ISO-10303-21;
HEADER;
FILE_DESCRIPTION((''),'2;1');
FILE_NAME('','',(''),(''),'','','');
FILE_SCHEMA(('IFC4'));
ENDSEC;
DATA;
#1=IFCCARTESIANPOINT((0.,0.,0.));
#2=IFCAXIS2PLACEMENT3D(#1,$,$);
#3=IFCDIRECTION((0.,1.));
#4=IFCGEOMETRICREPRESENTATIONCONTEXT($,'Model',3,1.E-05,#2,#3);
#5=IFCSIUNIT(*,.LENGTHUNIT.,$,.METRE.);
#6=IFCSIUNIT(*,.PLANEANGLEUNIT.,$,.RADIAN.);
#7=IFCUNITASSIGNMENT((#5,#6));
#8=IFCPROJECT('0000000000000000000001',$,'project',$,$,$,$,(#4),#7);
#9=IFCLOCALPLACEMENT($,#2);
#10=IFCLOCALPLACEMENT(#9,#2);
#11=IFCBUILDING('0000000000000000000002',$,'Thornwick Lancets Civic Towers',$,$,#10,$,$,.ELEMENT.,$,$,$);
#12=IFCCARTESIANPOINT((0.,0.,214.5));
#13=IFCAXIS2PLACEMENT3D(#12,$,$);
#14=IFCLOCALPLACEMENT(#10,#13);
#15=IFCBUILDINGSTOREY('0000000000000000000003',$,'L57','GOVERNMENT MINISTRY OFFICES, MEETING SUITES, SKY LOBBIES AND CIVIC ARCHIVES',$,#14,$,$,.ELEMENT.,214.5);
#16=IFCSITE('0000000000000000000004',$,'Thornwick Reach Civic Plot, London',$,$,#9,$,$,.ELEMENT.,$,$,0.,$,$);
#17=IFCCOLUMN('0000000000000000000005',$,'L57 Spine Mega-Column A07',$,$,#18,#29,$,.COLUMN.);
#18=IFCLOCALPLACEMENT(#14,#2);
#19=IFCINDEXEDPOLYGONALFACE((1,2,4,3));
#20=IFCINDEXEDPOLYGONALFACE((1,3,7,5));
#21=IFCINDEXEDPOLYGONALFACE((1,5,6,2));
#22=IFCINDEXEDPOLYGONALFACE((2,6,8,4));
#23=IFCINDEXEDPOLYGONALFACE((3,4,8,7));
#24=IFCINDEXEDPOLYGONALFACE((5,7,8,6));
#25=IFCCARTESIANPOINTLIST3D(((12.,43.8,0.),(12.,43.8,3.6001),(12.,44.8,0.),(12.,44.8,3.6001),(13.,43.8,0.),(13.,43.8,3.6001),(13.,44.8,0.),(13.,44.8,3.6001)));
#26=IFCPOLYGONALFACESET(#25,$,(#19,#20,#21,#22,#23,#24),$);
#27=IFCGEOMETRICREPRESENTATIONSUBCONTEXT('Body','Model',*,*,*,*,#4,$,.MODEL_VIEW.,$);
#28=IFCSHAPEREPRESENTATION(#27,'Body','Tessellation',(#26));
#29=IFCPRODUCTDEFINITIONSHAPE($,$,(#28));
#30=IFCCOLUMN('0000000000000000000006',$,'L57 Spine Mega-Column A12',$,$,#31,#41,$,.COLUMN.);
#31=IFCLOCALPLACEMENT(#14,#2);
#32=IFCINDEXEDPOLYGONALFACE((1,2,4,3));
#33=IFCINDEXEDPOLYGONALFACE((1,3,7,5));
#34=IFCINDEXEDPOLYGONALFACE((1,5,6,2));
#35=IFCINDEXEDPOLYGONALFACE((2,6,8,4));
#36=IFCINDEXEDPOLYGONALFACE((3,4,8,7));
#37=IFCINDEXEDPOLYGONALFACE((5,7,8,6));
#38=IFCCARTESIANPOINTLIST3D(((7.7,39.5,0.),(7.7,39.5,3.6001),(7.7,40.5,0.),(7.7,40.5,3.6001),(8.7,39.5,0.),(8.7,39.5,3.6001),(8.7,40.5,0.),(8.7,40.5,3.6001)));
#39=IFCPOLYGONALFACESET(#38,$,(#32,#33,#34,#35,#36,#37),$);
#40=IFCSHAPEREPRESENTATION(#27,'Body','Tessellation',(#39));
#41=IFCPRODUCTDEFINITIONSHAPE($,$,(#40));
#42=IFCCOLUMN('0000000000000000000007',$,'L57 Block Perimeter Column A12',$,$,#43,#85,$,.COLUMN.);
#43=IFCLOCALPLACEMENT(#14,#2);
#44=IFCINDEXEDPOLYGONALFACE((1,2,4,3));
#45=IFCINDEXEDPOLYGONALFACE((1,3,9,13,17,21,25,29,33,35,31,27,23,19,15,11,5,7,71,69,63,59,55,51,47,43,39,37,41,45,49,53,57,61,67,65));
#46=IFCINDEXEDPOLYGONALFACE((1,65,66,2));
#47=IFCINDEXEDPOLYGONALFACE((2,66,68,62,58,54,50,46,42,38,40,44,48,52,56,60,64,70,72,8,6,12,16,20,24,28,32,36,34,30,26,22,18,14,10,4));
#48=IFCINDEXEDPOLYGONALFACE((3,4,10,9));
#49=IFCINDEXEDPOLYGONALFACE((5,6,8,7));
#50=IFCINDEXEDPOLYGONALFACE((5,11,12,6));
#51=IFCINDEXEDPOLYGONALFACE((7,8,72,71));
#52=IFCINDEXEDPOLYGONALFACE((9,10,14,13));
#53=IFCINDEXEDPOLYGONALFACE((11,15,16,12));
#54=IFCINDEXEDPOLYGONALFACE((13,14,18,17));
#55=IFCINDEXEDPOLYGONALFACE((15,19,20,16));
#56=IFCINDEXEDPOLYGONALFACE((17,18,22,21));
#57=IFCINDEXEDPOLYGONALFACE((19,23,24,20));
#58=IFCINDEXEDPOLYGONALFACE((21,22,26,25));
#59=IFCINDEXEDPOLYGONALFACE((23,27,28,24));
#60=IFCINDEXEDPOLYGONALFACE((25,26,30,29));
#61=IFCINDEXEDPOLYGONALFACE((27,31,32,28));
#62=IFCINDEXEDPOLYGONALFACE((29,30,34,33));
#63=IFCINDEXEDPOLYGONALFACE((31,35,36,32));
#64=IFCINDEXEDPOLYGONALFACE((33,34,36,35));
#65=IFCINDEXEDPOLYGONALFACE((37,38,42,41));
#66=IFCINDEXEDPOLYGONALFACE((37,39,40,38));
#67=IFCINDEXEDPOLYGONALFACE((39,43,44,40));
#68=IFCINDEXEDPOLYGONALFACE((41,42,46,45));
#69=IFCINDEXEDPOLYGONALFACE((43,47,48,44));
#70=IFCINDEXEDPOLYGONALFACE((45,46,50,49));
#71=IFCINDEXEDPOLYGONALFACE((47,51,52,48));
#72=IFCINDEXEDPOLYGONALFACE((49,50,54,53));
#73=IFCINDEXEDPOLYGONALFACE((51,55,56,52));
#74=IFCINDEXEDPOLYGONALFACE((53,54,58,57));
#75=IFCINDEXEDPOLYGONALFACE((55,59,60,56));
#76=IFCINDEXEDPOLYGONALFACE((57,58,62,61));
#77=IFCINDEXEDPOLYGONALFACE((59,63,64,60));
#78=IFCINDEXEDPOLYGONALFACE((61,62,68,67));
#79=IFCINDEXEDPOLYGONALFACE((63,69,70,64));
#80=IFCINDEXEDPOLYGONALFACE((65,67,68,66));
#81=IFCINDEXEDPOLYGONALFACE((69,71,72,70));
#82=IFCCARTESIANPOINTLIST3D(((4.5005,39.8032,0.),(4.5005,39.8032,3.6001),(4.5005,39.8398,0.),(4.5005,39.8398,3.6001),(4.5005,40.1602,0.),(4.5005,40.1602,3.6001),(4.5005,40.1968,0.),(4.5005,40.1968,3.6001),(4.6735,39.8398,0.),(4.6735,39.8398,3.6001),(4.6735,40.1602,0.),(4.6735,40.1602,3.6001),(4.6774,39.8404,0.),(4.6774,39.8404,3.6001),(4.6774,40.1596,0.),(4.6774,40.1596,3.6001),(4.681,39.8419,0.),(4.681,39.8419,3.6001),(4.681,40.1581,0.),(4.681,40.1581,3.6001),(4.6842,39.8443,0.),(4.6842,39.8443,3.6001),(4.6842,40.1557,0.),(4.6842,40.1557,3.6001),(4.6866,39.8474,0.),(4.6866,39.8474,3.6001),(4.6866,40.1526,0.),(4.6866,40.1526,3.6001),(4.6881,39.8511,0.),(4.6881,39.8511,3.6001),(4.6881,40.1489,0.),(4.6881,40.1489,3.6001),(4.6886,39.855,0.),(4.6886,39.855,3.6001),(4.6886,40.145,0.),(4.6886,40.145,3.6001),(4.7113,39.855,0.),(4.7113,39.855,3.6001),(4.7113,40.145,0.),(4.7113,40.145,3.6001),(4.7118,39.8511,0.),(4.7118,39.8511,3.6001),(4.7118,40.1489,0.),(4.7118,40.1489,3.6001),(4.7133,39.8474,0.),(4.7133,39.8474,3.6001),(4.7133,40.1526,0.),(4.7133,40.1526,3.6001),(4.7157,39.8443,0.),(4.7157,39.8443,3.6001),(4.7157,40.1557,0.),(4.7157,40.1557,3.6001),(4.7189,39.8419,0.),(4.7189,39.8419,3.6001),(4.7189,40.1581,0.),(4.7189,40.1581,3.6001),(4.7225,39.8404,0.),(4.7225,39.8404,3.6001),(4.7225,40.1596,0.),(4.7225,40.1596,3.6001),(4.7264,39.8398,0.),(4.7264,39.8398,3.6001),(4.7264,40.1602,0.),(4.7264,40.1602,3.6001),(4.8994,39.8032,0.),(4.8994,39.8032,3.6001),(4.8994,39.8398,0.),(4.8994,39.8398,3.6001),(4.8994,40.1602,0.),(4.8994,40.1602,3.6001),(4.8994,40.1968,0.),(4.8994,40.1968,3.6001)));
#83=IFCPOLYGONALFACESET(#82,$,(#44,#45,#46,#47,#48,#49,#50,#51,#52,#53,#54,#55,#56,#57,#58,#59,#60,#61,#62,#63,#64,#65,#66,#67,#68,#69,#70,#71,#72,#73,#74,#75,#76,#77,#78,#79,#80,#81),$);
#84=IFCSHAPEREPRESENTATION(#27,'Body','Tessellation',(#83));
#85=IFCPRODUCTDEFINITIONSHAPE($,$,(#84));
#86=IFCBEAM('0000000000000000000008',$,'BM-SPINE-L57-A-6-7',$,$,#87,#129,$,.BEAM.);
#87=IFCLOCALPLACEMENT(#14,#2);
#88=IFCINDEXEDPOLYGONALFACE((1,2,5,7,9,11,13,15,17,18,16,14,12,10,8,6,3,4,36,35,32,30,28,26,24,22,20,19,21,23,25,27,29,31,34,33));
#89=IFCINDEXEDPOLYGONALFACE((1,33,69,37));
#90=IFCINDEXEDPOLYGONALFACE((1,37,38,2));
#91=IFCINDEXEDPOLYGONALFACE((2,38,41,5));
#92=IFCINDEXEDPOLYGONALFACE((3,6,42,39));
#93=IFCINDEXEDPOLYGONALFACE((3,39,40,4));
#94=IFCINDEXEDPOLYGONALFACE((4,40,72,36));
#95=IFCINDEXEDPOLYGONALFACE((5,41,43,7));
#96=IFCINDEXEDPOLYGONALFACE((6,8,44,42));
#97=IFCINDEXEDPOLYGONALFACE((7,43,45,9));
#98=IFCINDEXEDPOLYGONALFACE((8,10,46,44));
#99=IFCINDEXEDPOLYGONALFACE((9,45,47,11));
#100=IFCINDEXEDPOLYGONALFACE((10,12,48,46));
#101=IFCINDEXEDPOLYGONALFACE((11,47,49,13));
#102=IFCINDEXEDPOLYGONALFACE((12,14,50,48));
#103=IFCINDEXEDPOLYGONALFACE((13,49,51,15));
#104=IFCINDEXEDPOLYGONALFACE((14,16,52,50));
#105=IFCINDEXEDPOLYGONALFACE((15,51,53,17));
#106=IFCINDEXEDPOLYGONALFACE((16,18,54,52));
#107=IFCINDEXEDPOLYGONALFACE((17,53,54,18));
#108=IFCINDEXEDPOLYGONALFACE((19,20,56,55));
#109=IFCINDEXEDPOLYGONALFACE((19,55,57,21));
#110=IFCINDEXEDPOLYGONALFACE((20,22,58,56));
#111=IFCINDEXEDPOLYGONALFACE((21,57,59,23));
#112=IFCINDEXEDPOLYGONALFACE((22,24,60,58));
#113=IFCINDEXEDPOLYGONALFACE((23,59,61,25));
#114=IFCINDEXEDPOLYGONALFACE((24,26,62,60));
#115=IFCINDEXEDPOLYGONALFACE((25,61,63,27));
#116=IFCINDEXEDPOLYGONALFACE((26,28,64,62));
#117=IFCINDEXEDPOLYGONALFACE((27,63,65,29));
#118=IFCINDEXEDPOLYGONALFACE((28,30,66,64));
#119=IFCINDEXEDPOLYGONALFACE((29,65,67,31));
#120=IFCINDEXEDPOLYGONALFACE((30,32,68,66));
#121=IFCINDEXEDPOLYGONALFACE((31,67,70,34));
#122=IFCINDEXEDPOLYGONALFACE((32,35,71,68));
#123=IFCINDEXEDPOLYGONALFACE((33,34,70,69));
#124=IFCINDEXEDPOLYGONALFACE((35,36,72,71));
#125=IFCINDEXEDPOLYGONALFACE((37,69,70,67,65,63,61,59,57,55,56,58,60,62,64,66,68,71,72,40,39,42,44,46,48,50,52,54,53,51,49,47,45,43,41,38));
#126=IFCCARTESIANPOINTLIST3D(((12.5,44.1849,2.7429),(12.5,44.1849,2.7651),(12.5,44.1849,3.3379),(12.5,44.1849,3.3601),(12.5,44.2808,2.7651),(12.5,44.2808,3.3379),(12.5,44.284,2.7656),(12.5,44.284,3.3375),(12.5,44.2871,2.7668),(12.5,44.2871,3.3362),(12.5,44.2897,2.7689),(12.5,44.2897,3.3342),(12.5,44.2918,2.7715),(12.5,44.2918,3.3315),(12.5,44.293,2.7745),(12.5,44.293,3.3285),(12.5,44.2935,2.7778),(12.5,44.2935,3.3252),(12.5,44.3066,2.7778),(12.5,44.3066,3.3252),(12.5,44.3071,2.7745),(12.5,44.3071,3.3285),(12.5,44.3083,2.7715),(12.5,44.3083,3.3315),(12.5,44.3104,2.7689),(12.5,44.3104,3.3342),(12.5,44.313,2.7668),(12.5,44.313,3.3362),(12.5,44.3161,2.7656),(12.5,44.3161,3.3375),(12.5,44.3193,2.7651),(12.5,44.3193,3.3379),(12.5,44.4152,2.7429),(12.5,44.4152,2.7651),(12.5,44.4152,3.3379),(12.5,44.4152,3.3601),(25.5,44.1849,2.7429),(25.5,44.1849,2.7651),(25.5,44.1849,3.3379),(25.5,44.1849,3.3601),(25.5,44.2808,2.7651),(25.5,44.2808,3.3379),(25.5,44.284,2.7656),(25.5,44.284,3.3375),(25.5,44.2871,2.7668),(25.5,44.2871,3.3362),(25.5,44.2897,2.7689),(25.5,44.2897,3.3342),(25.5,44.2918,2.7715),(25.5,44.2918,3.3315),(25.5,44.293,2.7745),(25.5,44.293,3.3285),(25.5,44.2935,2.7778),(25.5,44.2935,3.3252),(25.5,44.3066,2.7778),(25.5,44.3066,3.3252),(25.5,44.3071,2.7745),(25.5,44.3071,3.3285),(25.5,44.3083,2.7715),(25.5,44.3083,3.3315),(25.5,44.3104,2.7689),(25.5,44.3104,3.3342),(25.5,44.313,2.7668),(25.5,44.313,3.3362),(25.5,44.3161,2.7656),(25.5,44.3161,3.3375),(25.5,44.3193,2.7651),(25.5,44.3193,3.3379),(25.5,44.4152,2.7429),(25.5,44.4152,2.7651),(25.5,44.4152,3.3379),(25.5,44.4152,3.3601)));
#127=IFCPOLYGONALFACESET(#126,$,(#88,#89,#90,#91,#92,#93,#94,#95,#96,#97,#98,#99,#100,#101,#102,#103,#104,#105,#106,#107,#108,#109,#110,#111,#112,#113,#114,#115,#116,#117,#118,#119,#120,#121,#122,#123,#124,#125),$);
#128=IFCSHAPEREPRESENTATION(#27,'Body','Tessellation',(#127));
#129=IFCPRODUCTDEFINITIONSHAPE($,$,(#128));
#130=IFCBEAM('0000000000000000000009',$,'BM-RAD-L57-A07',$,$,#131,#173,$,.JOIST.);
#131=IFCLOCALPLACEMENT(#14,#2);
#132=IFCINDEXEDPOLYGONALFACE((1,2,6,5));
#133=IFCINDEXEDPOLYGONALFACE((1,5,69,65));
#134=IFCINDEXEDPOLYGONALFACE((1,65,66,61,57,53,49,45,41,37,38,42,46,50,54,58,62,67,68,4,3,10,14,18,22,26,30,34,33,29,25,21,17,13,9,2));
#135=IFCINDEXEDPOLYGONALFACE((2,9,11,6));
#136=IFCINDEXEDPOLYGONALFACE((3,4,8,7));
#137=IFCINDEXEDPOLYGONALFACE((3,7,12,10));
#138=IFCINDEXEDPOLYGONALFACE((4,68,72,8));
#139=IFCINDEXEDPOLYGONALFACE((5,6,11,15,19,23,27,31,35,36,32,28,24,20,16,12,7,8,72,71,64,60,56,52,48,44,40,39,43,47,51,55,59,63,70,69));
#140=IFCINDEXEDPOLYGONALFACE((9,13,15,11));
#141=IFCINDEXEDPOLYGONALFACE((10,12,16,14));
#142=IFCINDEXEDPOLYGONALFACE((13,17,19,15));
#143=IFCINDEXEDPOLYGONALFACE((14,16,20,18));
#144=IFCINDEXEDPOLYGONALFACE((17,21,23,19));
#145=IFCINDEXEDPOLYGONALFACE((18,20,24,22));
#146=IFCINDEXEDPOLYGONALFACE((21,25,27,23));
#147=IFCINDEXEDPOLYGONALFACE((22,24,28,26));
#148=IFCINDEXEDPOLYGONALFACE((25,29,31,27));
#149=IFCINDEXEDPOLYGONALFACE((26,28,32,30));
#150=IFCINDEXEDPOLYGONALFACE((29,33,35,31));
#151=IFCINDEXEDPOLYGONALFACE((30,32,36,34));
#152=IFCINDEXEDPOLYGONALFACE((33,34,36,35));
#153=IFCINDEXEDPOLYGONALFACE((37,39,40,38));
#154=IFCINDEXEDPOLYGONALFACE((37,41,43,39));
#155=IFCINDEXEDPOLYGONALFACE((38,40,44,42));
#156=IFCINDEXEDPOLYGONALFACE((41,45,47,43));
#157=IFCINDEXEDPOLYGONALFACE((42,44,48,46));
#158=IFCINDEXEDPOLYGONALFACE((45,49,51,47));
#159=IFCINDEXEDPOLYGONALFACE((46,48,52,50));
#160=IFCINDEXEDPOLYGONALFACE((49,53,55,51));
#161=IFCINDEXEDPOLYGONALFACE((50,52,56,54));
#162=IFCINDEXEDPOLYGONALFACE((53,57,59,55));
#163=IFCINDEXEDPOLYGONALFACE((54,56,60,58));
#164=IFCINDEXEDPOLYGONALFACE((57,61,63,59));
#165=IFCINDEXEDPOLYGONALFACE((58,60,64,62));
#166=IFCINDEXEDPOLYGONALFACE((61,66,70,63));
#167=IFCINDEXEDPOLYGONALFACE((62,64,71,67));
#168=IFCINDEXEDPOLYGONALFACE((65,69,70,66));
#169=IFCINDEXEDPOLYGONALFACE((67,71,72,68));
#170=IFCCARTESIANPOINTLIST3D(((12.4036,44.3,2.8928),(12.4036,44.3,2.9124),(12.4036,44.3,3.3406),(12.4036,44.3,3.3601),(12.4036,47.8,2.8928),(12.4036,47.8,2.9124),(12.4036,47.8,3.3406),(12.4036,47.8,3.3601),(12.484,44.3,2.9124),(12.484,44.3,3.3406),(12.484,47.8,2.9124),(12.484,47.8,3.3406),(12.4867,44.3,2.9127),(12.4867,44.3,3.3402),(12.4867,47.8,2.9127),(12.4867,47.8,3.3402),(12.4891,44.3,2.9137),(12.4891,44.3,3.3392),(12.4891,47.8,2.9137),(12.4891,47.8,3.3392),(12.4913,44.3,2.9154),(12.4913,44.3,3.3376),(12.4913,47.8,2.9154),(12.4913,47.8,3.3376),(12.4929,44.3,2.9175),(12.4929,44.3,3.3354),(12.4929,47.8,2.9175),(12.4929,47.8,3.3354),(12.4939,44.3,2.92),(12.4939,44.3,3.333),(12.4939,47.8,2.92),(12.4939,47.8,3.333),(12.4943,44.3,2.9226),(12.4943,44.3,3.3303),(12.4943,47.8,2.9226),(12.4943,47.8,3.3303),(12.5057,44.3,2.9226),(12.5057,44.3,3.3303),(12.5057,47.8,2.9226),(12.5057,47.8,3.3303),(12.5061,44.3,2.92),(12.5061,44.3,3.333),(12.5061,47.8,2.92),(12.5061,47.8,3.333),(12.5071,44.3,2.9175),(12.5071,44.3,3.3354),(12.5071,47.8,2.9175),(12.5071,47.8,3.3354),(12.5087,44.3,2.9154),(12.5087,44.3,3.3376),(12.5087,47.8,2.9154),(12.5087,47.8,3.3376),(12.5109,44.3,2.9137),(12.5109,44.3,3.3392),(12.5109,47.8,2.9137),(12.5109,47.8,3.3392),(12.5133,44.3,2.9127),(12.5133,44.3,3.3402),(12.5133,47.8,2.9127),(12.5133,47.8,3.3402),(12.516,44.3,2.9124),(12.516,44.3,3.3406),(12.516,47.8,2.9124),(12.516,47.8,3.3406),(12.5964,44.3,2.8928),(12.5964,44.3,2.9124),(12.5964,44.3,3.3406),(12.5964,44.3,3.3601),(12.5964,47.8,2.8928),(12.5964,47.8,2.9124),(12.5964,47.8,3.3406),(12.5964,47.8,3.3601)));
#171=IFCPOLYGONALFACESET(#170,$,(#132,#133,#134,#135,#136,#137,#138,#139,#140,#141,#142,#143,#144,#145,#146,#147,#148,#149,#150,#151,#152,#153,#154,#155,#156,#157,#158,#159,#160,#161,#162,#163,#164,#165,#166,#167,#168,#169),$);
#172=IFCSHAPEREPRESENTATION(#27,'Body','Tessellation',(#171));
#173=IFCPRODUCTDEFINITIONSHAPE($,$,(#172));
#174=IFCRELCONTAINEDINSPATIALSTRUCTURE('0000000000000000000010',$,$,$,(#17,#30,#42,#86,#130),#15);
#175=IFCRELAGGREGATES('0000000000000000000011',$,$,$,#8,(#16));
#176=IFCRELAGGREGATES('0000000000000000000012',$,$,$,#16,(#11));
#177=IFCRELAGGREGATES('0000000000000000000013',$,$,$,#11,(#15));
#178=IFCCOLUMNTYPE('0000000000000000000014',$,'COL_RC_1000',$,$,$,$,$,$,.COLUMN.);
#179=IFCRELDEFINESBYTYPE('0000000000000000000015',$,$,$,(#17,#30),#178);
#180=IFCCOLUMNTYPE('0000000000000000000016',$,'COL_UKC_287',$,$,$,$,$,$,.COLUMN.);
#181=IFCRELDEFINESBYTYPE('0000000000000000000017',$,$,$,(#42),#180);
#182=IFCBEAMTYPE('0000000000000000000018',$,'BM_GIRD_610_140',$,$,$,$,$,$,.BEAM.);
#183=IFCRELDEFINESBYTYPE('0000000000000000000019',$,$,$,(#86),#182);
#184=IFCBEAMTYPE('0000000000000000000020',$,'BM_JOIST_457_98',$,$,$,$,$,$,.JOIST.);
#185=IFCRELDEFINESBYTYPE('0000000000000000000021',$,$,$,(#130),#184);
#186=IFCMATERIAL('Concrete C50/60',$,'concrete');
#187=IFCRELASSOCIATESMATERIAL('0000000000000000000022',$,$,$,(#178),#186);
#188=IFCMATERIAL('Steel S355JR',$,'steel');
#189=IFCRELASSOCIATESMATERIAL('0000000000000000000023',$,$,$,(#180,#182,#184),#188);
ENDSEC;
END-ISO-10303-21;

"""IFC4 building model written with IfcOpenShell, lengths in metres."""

from ifc_helpers import new_model, si_unit, direction, frame, origin, origin_2d, place, context, subcontext, project, spatial, rectangle, i_section, extrude, material, material_profile, profile_set, type_object, element, save


model = new_model("IFC4")

# Units and contexts
model_context = context("Model", 3, precision=1e-05, world=origin(), true_north=direction((0.0, 1.0)))
body_context = subcontext(model_context, "Body", "Model", "MODEL_VIEW")
ifc_project = project(units=[si_unit("LENGTHUNIT", "METRE"), si_unit("PLANEANGLEUNIT", "RADIAN")], contexts=[model_context])

# Site, building, storey
site_placement = place(None, origin())
site = spatial("IfcSite", under=ifc_project, at=site_placement, Name="Thornwick Reach Civic Plot, London", CompositionType="ELEMENT", RefElevation=0.0)
building_placement = place(site_placement, origin())
building = spatial("IfcBuilding", under=site, at=building_placement, Name="Thornwick Lancets Civic Towers", CompositionType="ELEMENT")
storey_placement = place(building_placement, frame((0.0, 0.0, 214.5)))
storey = spatial("IfcBuildingStorey", under=building, at=storey_placement, Name="L57", Description="GOVERNMENT MINISTRY OFFICES, MEETING SUITES, SKY LOBBIES AND CIVIC ARCHIVES", CompositionType="ELEMENT", Elevation=214.5)

# Columns
ifc_material_1 = material(Name="Concrete C50/60", Category="concrete")
ifc_material_profile_1 = material_profile(ifc_material_1, rectangle(XDim=1.0, YDim=1.0, at=origin_2d()), Name="RC 1000x1000")
ifc_profile_set_1 = profile_set([ifc_material_profile_1], Name="Concrete C50/60")
column_type_1 = type_object("IfcColumnType", Name="COL_RC_1000", PredefinedType="COLUMN", material=ifc_profile_set_1)
for number, where, z_axis, x_axis, name in (
    (1, (12.5, 44.3, 0.0), (0.0, 0.0, 1.0), (1.0, 0.0, 0.0), "L57 Spine Mega-Column A07"),
    (2, (8.2, 40.0, 0.0), (0.0, 0.0, 1.0), (1.0, 0.0, 0.0), "L57 Spine Mega-Column A12"),
):
    element("IfcColumn", number, at=place(storey_placement, frame(where, z_axis=z_axis, x_axis=x_axis)), inside=storey, type_object=column_type_1, Name=name, PredefinedType="COLUMN", context=body_context, shape_type="SweptSolid", body=[
        extrude(rectangle(XDim=1.0, YDim=1.0, at=origin_2d()), origin(), (0.0, 0.0, 1.0), 3.6001),
    ])
ifc_material_2 = material(Name="Steel S355JR", Category="steel")
ifc_material_profile_2 = material_profile(ifc_material_2, i_section(OverallWidth=0.3989, OverallDepth=0.3936, WebThickness=0.0227, FlangeThickness=0.0366, FilletRadius=0.0151, at=origin_2d()), Name="UKC 356x406x287")
ifc_profile_set_2 = profile_set([ifc_material_profile_2], Name="Steel S355JR")
column_type_2 = type_object("IfcColumnType", Name="COL_UKC_287", PredefinedType="COLUMN", material=ifc_profile_set_2)
column_placement = place(storey_placement, frame((4.7, 40.0, 0.0), z_axis=(0.0, 0.0, 1.0), x_axis=(1.0, 0.0, 0.0)))
element("IfcColumn", 3, at=column_placement, inside=storey, type_object=column_type_2, Name="L57 Block Perimeter Column A12", PredefinedType="COLUMN", context=body_context, shape_type="SweptSolid", body=[
    extrude(i_section(OverallWidth=0.3989, OverallDepth=0.3936, WebThickness=0.0227, FlangeThickness=0.0366, FilletRadius=0.0151, at=origin_2d()), origin(), (0.0, 0.0, 1.0), 3.6001),
])

# Beams
ifc_material_profile_3 = material_profile(ifc_material_2, i_section(OverallWidth=0.2302, OverallDepth=0.6172, WebThickness=0.0132, FlangeThickness=0.0222, FilletRadius=0.0127, at=origin_2d()), Name="UKB 610x229x140")
ifc_profile_set_3 = profile_set([ifc_material_profile_3], Name="Steel S355JR")
beam_type_1 = type_object("IfcBeamType", Name="BM_GIRD_610_140", PredefinedType="BEAM", material=ifc_profile_set_3)
beam_1_placement = place(storey_placement, frame((12.5, 44.3, 3.0515), z_axis=(1.0, 0.0, 0.0), x_axis=(0.0, 1.0, 0.0)))
element("IfcBeam", 4, at=beam_1_placement, inside=storey, type_object=beam_type_1, Name="BM-SPINE-L57-A-6-7", PredefinedType="BEAM", context=body_context, shape_type="SweptSolid", body=[
    extrude(i_section(OverallWidth=0.2302, OverallDepth=0.6172, WebThickness=0.0132, FlangeThickness=0.0222, FilletRadius=0.0127, at=origin_2d()), origin(), (0.0, 0.0, 1.0), 13.0),
])
ifc_material_profile_4 = material_profile(ifc_material_2, i_section(OverallWidth=0.1929, OverallDepth=0.4673, WebThickness=0.0115, FlangeThickness=0.0195, FilletRadius=0.0103, at=origin_2d()), Name="UKB 457x191x98")
ifc_profile_set_4 = profile_set([ifc_material_profile_4], Name="Steel S355JR")
beam_type_2 = type_object("IfcBeamType", Name="BM_JOIST_457_98", PredefinedType="JOIST", material=ifc_profile_set_4)
for number, where, z_axis, x_axis, name in (
    (5, (12.5, 44.3, 3.1265), (0.0, 1.0, 0.0), (-1.0, 0.0, 0.0), "BM-RAD-L57-A07"),
):
    element("IfcBeam", number, at=place(storey_placement, frame(where, z_axis=z_axis, x_axis=x_axis)), inside=storey, type_object=beam_type_2, Name=name, PredefinedType="JOIST", context=body_context, shape_type="SweptSolid", body=[
        extrude(i_section(OverallWidth=0.1929, OverallDepth=0.4673, WebThickness=0.0115, FlangeThickness=0.0195, FilletRadius=0.0103, at=origin_2d()), origin(), (0.0, 0.0, 1.0), 3.5),
    ])

save(model, "model.ifc")
